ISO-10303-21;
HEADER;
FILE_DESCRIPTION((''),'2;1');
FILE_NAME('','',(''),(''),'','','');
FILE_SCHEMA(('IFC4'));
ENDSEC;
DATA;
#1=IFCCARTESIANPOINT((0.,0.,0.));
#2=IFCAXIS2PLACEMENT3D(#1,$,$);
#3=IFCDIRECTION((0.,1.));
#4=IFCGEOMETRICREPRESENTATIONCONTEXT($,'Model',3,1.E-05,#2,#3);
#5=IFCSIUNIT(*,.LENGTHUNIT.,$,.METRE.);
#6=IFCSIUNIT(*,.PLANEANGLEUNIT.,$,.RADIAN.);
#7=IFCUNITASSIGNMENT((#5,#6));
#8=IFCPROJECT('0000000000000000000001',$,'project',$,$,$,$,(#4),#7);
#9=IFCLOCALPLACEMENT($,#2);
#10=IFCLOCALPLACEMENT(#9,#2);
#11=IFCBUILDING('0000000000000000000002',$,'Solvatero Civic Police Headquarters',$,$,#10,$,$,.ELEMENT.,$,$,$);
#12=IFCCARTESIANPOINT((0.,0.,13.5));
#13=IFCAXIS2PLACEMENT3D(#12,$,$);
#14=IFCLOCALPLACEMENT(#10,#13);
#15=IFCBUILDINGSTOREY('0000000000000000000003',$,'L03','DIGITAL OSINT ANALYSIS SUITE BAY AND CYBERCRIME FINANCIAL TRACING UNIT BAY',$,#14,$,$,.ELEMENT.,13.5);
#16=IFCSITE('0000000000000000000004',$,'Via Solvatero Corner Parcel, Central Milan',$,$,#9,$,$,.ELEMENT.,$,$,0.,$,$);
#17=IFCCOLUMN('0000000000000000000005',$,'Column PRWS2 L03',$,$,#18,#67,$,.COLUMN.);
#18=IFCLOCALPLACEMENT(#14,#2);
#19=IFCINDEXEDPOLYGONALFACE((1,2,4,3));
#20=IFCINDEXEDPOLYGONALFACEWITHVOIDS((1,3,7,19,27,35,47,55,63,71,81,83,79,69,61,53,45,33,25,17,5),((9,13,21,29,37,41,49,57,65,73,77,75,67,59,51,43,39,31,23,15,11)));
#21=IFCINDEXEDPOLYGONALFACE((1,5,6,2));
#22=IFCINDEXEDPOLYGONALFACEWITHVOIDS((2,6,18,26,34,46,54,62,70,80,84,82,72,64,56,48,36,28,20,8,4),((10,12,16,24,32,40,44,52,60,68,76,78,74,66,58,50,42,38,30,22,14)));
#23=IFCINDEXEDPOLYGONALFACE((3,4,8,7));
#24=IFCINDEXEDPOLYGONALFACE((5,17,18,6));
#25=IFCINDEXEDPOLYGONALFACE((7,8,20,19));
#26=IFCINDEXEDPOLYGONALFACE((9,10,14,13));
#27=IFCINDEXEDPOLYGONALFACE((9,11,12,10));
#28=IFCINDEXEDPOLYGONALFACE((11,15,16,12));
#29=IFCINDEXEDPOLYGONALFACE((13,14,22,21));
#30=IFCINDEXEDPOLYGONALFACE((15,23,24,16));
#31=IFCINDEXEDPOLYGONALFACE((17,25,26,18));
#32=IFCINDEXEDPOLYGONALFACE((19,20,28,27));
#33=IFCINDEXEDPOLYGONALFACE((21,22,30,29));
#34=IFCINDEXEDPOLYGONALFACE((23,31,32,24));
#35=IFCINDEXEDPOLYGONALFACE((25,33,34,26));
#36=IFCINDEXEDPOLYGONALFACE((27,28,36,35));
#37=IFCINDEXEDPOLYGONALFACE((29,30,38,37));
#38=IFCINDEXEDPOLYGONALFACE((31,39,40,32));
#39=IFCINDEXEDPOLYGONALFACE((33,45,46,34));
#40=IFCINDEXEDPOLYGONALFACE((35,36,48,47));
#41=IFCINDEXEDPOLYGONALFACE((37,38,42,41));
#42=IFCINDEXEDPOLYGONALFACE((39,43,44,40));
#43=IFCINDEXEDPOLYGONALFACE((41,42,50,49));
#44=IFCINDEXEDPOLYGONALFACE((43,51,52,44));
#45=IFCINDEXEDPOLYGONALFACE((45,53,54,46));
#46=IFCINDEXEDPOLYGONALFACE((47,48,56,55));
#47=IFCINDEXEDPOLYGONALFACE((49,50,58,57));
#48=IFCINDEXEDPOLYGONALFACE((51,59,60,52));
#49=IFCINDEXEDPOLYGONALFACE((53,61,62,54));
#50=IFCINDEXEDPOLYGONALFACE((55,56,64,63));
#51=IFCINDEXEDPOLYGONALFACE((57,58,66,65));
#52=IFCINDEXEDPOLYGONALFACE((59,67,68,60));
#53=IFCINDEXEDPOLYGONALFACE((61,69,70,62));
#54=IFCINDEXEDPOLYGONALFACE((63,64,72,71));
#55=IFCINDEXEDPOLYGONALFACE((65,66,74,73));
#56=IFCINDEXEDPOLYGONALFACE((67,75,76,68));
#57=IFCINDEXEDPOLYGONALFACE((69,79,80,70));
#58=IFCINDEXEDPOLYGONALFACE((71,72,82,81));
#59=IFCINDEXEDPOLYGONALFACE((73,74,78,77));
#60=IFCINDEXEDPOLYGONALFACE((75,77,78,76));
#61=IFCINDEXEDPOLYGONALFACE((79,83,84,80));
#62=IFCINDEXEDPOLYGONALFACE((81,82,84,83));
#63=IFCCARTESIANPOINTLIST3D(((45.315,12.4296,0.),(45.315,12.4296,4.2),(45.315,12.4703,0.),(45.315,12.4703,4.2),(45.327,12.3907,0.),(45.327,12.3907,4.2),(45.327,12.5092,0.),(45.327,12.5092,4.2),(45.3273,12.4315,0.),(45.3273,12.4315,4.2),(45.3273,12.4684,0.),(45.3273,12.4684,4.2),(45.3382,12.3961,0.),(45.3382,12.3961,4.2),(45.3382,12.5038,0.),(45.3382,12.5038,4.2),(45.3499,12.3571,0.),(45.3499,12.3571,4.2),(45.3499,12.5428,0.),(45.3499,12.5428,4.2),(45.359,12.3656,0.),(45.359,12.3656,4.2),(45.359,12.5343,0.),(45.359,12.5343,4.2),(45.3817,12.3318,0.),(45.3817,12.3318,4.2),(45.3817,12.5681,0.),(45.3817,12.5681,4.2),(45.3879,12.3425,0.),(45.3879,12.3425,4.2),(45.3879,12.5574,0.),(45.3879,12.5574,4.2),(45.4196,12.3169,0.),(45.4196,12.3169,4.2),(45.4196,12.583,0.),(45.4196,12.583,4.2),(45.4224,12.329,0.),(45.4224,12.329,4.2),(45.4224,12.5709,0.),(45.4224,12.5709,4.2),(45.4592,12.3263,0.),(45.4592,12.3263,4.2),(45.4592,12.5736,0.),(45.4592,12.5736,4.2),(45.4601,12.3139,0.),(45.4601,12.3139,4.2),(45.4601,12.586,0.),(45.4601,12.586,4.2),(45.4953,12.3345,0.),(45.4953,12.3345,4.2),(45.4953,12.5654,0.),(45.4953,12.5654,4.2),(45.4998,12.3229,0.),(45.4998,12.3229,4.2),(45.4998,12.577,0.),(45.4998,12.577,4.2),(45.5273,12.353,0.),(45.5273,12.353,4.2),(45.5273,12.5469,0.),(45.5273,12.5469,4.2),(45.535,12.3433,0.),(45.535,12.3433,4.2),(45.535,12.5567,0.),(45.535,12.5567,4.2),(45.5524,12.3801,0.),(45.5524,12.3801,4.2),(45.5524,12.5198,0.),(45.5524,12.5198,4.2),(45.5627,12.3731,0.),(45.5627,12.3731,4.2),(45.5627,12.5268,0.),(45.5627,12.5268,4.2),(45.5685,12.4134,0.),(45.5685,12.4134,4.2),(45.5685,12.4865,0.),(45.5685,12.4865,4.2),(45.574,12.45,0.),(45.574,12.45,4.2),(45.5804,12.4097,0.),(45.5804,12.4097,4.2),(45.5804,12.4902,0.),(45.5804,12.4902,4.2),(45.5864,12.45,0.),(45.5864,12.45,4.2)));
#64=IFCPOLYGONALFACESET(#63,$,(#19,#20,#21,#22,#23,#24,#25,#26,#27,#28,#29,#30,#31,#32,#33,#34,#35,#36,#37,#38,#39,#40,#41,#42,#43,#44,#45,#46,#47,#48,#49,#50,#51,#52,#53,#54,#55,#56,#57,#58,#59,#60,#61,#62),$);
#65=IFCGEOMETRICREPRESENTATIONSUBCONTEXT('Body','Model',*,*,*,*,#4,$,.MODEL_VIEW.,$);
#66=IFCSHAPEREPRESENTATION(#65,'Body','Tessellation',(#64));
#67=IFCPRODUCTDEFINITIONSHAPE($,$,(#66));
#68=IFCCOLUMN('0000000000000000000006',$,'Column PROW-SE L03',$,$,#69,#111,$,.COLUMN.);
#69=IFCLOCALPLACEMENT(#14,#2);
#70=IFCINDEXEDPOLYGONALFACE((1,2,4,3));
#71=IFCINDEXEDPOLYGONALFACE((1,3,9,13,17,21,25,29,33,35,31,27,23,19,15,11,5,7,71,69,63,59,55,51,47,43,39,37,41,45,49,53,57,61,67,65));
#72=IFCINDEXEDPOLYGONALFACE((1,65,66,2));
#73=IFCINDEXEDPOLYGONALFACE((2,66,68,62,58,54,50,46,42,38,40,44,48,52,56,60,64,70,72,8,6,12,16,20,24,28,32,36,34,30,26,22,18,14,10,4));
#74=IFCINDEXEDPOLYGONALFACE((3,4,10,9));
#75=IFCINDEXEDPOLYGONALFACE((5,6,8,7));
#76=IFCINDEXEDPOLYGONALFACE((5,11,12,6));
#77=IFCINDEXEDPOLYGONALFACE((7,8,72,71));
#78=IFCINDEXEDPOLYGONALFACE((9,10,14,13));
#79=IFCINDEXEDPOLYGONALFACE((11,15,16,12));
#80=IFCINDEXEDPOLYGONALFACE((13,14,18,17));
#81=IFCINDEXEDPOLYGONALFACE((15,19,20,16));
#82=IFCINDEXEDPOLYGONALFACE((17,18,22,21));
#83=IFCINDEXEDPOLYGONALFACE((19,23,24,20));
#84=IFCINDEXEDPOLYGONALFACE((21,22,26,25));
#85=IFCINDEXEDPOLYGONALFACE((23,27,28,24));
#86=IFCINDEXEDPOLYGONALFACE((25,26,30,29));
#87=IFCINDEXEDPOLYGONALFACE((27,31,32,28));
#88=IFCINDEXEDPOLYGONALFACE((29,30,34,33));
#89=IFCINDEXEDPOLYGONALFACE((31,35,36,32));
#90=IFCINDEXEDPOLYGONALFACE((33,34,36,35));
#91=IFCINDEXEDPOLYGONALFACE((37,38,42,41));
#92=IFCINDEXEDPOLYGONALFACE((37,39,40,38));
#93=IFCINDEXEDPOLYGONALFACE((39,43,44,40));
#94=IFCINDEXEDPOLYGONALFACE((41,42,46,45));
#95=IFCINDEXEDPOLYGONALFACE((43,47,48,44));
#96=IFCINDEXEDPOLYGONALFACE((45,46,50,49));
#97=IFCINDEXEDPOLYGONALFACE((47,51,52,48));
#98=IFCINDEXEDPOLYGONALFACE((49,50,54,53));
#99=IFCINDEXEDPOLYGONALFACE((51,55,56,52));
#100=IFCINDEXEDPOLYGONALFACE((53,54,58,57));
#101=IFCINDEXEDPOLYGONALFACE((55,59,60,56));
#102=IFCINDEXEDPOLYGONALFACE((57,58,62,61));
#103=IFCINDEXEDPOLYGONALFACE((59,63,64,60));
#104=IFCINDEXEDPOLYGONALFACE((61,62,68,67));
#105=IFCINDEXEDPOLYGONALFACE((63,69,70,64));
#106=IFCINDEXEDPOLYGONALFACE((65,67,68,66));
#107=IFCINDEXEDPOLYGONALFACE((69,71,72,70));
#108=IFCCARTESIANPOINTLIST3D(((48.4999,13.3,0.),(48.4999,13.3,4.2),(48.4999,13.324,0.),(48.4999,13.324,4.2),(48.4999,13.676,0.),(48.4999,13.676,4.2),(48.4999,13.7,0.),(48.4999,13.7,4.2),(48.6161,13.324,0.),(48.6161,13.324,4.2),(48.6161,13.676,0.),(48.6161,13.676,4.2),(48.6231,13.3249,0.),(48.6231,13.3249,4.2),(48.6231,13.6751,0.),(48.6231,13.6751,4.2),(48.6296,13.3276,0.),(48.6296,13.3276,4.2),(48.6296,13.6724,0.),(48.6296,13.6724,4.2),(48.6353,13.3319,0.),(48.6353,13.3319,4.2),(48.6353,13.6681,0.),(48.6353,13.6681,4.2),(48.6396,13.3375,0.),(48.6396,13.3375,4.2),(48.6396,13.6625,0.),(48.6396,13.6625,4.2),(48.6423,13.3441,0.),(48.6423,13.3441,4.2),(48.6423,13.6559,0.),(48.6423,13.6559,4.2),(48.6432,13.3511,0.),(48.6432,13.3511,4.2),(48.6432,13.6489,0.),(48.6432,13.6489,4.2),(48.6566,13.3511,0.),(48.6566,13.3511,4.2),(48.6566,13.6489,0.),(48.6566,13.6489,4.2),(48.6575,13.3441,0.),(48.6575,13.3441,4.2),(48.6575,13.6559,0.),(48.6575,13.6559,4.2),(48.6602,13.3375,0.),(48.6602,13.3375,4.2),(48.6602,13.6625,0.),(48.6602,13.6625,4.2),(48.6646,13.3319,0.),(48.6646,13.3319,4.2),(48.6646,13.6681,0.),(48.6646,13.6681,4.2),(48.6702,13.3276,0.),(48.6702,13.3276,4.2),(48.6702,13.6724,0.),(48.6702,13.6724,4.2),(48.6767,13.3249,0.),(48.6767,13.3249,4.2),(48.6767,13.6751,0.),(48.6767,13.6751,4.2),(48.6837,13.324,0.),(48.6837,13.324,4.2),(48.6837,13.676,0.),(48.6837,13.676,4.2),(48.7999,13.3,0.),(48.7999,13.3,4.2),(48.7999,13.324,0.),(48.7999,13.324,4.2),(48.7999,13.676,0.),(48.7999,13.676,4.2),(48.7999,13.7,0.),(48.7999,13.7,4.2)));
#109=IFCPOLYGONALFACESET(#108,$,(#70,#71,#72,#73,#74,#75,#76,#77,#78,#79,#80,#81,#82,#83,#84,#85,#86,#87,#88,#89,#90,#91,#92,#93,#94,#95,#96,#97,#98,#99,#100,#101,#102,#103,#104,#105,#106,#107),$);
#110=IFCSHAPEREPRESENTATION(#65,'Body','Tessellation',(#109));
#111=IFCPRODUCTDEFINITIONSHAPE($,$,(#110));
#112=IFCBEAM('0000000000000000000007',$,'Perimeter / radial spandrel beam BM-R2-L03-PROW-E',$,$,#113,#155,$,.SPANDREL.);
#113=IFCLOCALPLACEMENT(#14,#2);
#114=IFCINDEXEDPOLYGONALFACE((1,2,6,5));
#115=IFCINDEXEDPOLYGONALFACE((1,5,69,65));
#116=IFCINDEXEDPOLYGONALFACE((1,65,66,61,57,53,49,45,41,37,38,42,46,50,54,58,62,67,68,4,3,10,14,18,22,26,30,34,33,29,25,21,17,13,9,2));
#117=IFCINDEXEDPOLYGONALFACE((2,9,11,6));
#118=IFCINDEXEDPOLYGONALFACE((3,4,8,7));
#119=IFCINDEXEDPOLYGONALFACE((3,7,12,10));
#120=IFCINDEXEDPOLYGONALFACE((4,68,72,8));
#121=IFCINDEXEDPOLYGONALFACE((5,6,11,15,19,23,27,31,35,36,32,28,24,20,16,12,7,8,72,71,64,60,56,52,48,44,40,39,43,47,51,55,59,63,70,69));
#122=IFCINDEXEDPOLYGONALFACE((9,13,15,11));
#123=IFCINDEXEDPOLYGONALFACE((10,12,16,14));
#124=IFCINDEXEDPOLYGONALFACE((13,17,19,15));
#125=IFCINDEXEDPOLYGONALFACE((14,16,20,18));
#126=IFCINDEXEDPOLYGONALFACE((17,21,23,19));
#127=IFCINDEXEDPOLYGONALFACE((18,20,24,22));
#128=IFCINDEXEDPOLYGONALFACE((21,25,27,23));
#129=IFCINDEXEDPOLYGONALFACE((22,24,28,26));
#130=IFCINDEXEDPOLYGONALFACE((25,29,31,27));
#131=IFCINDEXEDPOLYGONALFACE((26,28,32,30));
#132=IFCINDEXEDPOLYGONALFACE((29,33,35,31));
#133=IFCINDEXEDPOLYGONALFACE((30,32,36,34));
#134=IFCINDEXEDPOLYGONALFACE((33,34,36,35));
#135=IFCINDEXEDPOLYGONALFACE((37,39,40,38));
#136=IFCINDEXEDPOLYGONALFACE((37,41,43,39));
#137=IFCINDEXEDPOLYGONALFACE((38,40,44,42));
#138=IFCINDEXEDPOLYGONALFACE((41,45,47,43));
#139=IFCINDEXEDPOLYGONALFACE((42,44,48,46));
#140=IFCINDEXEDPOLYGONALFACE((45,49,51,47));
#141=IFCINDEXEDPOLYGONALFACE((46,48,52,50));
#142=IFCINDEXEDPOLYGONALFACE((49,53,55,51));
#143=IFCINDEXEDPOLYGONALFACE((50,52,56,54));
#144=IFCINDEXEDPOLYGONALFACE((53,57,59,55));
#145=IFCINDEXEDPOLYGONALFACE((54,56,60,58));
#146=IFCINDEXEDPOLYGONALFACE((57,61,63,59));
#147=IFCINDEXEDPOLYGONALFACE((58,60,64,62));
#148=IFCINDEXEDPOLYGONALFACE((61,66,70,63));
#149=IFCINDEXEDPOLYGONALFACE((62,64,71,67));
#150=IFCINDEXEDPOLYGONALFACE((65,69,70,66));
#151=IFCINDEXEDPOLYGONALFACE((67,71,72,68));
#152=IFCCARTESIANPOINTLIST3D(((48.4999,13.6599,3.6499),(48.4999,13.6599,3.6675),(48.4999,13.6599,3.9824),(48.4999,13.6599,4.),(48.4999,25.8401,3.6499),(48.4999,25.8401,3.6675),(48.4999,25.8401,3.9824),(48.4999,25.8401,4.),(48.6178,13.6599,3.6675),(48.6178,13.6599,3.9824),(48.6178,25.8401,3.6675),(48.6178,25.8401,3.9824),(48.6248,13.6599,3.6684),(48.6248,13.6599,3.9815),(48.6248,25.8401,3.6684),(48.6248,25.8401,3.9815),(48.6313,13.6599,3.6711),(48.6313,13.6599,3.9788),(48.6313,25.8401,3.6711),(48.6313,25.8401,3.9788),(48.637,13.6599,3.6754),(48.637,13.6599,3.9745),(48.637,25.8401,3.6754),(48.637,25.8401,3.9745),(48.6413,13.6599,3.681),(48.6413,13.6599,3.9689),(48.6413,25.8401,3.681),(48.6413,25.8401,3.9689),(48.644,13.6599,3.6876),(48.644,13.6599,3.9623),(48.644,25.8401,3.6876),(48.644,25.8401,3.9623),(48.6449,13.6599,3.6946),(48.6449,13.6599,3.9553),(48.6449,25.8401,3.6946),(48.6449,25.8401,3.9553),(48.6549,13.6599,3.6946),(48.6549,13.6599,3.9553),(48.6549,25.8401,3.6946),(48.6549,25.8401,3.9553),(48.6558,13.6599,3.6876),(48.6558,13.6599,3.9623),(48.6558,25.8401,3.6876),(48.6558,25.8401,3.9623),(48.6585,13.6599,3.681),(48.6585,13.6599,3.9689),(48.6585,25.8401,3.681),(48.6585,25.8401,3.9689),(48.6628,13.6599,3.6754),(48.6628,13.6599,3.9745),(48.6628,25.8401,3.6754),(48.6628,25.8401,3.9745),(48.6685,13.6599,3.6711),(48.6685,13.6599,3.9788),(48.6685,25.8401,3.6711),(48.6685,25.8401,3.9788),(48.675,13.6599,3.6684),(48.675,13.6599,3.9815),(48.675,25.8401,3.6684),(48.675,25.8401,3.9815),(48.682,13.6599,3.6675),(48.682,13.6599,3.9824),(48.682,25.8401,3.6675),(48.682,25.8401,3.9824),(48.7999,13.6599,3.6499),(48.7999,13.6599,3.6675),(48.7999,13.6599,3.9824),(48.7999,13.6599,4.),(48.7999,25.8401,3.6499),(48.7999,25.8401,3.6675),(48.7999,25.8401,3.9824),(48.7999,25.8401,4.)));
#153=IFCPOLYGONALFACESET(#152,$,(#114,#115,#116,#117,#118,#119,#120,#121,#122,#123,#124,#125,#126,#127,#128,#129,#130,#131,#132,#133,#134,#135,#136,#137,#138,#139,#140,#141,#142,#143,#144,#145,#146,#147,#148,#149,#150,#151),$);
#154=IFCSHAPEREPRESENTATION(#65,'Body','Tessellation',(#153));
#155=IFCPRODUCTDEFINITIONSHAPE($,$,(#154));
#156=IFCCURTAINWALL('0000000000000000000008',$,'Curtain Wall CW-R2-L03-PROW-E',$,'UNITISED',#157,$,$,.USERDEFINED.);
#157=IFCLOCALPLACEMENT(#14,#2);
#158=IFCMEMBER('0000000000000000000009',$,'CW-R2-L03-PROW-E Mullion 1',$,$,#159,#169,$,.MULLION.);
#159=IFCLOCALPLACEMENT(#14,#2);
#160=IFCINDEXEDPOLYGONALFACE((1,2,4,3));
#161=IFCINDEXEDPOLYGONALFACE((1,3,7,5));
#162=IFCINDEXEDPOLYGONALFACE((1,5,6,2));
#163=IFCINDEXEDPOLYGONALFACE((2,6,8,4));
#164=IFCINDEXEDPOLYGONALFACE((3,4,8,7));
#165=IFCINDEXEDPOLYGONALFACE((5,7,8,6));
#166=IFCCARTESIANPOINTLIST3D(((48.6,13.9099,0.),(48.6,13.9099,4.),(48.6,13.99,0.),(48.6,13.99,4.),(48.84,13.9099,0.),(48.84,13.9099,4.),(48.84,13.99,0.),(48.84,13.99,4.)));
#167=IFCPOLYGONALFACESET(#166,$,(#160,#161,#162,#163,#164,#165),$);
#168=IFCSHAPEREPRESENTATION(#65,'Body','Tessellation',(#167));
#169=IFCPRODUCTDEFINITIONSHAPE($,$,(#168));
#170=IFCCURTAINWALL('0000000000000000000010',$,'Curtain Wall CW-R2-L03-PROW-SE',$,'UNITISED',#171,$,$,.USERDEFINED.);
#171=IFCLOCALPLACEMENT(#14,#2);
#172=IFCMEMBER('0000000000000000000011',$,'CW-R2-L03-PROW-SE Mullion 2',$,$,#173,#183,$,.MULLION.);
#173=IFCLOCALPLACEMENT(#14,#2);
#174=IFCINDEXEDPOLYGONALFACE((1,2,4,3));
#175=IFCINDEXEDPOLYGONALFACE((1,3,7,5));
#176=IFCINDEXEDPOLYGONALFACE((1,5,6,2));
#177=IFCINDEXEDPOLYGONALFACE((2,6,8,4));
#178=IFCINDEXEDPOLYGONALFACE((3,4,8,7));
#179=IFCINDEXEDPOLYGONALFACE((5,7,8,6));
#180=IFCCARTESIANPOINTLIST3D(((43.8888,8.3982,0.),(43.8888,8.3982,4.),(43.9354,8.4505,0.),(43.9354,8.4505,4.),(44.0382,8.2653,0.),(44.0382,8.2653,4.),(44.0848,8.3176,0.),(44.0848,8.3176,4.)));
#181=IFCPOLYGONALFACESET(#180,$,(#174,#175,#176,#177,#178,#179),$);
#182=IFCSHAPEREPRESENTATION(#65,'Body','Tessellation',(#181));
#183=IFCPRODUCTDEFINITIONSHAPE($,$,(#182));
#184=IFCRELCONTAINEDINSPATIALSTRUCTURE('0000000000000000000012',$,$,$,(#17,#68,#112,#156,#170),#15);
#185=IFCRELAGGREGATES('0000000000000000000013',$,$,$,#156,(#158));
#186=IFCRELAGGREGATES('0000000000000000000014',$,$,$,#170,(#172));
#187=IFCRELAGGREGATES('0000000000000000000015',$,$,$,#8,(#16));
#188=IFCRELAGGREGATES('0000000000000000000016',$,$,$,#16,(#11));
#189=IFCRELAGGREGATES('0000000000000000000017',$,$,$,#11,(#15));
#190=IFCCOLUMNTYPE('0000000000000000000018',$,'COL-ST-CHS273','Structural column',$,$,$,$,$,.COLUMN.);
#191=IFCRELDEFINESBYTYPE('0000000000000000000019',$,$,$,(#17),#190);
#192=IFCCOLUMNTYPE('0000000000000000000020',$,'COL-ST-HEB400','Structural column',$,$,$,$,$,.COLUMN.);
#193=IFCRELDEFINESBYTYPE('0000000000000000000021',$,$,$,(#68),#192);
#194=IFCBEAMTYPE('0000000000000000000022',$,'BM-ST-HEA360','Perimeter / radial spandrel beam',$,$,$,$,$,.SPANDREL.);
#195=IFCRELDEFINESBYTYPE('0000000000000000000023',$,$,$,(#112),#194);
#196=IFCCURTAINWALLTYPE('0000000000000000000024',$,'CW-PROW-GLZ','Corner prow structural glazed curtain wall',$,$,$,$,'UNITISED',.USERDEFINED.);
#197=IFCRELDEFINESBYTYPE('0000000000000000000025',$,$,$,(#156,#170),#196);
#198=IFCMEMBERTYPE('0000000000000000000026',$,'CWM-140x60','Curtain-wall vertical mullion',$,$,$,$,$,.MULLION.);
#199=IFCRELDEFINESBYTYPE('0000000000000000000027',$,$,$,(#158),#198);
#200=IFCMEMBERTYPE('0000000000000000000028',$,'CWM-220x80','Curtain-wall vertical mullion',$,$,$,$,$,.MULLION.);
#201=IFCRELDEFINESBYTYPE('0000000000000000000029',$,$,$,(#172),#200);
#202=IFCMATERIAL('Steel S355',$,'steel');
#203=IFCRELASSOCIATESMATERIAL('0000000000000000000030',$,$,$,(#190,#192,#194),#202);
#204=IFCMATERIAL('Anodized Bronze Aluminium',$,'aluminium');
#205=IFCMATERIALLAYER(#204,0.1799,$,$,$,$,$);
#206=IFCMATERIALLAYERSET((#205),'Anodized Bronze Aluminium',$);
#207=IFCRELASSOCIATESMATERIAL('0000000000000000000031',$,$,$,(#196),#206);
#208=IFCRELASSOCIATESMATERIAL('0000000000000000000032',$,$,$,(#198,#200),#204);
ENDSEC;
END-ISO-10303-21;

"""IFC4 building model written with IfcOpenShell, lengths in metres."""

from ifc_helpers import new_model, si_unit, direction, frame, origin, origin_2d, place, context, subcontext, project, spatial, rectangle, hollow_circle, i_section, extrude, material, layer, layer_set, material_profile, profile_set, type_object, element, aggregate, save


model = new_model("IFC4")

# Units and contexts
model_context = context("Model", 3, precision=1e-05, world=origin(), true_north=direction((0.0, 1.0)))
body_context = subcontext(model_context, "Body", "Model", "MODEL_VIEW")
ifc_project = project(units=[si_unit("LENGTHUNIT", "METRE"), si_unit("PLANEANGLEUNIT", "RADIAN")], contexts=[model_context])

# Site, building, storey
site_placement = place(None, origin())
site = spatial("IfcSite", under=ifc_project, at=site_placement, Name="Via Solvatero Corner Parcel, Central Milan", CompositionType="ELEMENT", RefElevation=0.0)
building_placement = place(site_placement, origin())
building = spatial("IfcBuilding", under=site, at=building_placement, Name="Solvatero Civic Police Headquarters", CompositionType="ELEMENT")
storey_placement = place(building_placement, frame((0.0, 0.0, 13.5)))
storey = spatial("IfcBuildingStorey", under=building, at=storey_placement, Name="L03", Description="DIGITAL OSINT ANALYSIS SUITE BAY AND CYBERCRIME FINANCIAL TRACING UNIT BAY", CompositionType="ELEMENT", Elevation=13.5)

# Columns
ifc_material_1 = material(Name="Steel S355", Category="steel")
ifc_material_profile_1 = material_profile(ifc_material_1, hollow_circle(Radius=0.1365, WallThickness=0.0125, at=origin_2d()), Name="CHS 273.0x12.5")
ifc_profile_set_1 = profile_set([ifc_material_profile_1], Name="Steel S355")
column_type_1 = type_object("IfcColumnType", Name="COL-ST-CHS273", Description="Structural column", PredefinedType="COLUMN", material=ifc_profile_set_1)
column_1_placement = place(storey_placement, frame((45.45, 12.45, 0.0), z_axis=(0.0, 0.0, 1.0), x_axis=(1.0, 0.0, 0.0)))
element("IfcColumn", 1, at=column_1_placement, inside=storey, type_object=column_type_1, Name="Column PRWS2 L03", PredefinedType="COLUMN", context=body_context, shape_type="SweptSolid", body=[
    extrude(hollow_circle(Radius=0.1365, WallThickness=0.0125, at=origin_2d()), origin(), (0.0, 0.0, 1.0), 4.2),
])
ifc_material_profile_2 = material_profile(ifc_material_1, i_section(OverallWidth=0.3, OverallDepth=0.3999, WebThickness=0.0134, FlangeThickness=0.0239, FilletRadius=0.0271, at=origin_2d()), Name="HEB 400")
ifc_profile_set_2 = profile_set([ifc_material_profile_2], Name="Steel S355")
column_type_2 = type_object("IfcColumnType", Name="COL-ST-HEB400", Description="Structural column", PredefinedType="COLUMN", material=ifc_profile_set_2)
column_2_placement = place(storey_placement, frame((48.6499, 13.5, 0.0), z_axis=(0.0, 0.0, 1.0), x_axis=(1.0, 0.0, 0.0)))
element("IfcColumn", 2, at=column_2_placement, inside=storey, type_object=column_type_2, Name="Column PROW-SE L03", PredefinedType="COLUMN", context=body_context, shape_type="SweptSolid", body=[
    extrude(i_section(OverallWidth=0.3, OverallDepth=0.3999, WebThickness=0.0134, FlangeThickness=0.0239, FilletRadius=0.0271, at=origin_2d()), origin(), (0.0, 0.0, 1.0), 4.2),
])

# Beam
ifc_material_profile_3 = material_profile(ifc_material_1, i_section(OverallWidth=0.3, OverallDepth=0.3501, WebThickness=0.01, FlangeThickness=0.0176, FilletRadius=0.0271, at=origin_2d()), Name="HEA 360")
ifc_profile_set_3 = profile_set([ifc_material_profile_3], Name="Steel S355")
beam_type = type_object("IfcBeamType", Name="BM-ST-HEA360", Description="Perimeter / radial spandrel beam", PredefinedType="SPANDREL", material=ifc_profile_set_3)
beam_placement = place(storey_placement, frame((48.6499, 13.6599, 3.825), z_axis=(0.0, 1.0, 0.0), x_axis=(-1.0, 0.0, 0.0)))
element("IfcBeam", 3, at=beam_placement, inside=storey, type_object=beam_type, Name="Perimeter / radial spandrel beam BM-R2-L03-PROW-E", PredefinedType="SPANDREL", context=body_context, shape_type="SweptSolid", body=[
    extrude(i_section(OverallWidth=0.3, OverallDepth=0.3501, WebThickness=0.01, FlangeThickness=0.0176, FilletRadius=0.0271, at=origin_2d()), origin(), (0.0, 0.0, 1.0), 12.1802),
])

# Curtain wall, member
ifc_material_2 = material(Name="Anodized Bronze Aluminium", Category="aluminium")
ifc_layer_1 = layer(ifc_material_2, 0.1799)
ifc_layer_set_1 = layer_set([ifc_layer_1], Name="Anodized Bronze Aluminium")
curtain_wall_type = type_object("IfcCurtainWallType", Name="CW-PROW-GLZ", Description="Corner prow structural glazed curtain wall", ElementType="UNITISED", PredefinedType="USERDEFINED", material=ifc_layer_set_1)
curtain_wall_1_placement = place(storey_placement, origin())
curtain_wall_1 = element("IfcCurtainWall", 4, at=curtain_wall_1_placement, inside=storey, type_object=curtain_wall_type, Name="Curtain Wall CW-R2-L03-PROW-E", ObjectType="UNITISED", PredefinedType="USERDEFINED")
ifc_material_profile_4 = material_profile(ifc_material_2, rectangle(XDim=0.0801, YDim=0.24, at=origin_2d()), Name="ALU MULLION 80x240")
ifc_profile_set_4 = profile_set([ifc_material_profile_4], Name="Anodized Bronze Aluminium")
member_type_1 = type_object("IfcMemberType", Name="CWM-140x60", Description="Curtain-wall vertical mullion", PredefinedType="MULLION", material=ifc_profile_set_4)
member_1_placement = place(storey_placement, frame((48.72, 13.95, 0.0), z_axis=(0.0, 0.0, 1.0), x_axis=(0.0, 1.0, 0.0)))
member_1 = element("IfcMember", 5, at=member_1_placement, type_object=member_type_1, Name="CW-R2-L03-PROW-E Mullion 1", PredefinedType="MULLION", context=body_context, shape_type="SweptSolid", body=[
    extrude(rectangle(XDim=0.0801, YDim=0.24, at=origin_2d()), origin(), (0.0, 0.0, 1.0), 4.0),
])

# Curtain wall, member
curtain_wall_2_placement = place(storey_placement, origin())
curtain_wall_2 = element("IfcCurtainWall", 6, at=curtain_wall_2_placement, inside=storey, type_object=curtain_wall_type, Name="Curtain Wall CW-R2-L03-PROW-SE", ObjectType="UNITISED", PredefinedType="USERDEFINED")
ifc_material_profile_5 = material_profile(ifc_material_2, rectangle(XDim=0.0701, YDim=0.2, at=origin_2d()), Name="ALU MULLION 70x200")
ifc_profile_set_5 = profile_set([ifc_material_profile_5], Name="Anodized Bronze Aluminium")
member_type_2 = type_object("IfcMemberType", Name="CWM-220x80", Description="Curtain-wall vertical mullion", PredefinedType="MULLION", material=ifc_profile_set_5)
member_2_placement = place(storey_placement, frame((43.9868, 8.3579, 0.0), z_axis=(0.0, 0.0, 1.0), x_axis=(0.66467, 0.747137, 0.0)))
member_2 = element("IfcMember", 7, at=member_2_placement, type_object=member_type_2, Name="CW-R2-L03-PROW-SE Mullion 2", PredefinedType="MULLION", context=body_context, shape_type="SweptSolid", body=[
    extrude(rectangle(XDim=0.0701, YDim=0.2, at=origin_2d()), origin(), (0.0, 0.0, 1.0), 4.0),
])

aggregate(curtain_wall_1, [member_1])

aggregate(curtain_wall_2, [member_2])

save(model, "model.ifc")
